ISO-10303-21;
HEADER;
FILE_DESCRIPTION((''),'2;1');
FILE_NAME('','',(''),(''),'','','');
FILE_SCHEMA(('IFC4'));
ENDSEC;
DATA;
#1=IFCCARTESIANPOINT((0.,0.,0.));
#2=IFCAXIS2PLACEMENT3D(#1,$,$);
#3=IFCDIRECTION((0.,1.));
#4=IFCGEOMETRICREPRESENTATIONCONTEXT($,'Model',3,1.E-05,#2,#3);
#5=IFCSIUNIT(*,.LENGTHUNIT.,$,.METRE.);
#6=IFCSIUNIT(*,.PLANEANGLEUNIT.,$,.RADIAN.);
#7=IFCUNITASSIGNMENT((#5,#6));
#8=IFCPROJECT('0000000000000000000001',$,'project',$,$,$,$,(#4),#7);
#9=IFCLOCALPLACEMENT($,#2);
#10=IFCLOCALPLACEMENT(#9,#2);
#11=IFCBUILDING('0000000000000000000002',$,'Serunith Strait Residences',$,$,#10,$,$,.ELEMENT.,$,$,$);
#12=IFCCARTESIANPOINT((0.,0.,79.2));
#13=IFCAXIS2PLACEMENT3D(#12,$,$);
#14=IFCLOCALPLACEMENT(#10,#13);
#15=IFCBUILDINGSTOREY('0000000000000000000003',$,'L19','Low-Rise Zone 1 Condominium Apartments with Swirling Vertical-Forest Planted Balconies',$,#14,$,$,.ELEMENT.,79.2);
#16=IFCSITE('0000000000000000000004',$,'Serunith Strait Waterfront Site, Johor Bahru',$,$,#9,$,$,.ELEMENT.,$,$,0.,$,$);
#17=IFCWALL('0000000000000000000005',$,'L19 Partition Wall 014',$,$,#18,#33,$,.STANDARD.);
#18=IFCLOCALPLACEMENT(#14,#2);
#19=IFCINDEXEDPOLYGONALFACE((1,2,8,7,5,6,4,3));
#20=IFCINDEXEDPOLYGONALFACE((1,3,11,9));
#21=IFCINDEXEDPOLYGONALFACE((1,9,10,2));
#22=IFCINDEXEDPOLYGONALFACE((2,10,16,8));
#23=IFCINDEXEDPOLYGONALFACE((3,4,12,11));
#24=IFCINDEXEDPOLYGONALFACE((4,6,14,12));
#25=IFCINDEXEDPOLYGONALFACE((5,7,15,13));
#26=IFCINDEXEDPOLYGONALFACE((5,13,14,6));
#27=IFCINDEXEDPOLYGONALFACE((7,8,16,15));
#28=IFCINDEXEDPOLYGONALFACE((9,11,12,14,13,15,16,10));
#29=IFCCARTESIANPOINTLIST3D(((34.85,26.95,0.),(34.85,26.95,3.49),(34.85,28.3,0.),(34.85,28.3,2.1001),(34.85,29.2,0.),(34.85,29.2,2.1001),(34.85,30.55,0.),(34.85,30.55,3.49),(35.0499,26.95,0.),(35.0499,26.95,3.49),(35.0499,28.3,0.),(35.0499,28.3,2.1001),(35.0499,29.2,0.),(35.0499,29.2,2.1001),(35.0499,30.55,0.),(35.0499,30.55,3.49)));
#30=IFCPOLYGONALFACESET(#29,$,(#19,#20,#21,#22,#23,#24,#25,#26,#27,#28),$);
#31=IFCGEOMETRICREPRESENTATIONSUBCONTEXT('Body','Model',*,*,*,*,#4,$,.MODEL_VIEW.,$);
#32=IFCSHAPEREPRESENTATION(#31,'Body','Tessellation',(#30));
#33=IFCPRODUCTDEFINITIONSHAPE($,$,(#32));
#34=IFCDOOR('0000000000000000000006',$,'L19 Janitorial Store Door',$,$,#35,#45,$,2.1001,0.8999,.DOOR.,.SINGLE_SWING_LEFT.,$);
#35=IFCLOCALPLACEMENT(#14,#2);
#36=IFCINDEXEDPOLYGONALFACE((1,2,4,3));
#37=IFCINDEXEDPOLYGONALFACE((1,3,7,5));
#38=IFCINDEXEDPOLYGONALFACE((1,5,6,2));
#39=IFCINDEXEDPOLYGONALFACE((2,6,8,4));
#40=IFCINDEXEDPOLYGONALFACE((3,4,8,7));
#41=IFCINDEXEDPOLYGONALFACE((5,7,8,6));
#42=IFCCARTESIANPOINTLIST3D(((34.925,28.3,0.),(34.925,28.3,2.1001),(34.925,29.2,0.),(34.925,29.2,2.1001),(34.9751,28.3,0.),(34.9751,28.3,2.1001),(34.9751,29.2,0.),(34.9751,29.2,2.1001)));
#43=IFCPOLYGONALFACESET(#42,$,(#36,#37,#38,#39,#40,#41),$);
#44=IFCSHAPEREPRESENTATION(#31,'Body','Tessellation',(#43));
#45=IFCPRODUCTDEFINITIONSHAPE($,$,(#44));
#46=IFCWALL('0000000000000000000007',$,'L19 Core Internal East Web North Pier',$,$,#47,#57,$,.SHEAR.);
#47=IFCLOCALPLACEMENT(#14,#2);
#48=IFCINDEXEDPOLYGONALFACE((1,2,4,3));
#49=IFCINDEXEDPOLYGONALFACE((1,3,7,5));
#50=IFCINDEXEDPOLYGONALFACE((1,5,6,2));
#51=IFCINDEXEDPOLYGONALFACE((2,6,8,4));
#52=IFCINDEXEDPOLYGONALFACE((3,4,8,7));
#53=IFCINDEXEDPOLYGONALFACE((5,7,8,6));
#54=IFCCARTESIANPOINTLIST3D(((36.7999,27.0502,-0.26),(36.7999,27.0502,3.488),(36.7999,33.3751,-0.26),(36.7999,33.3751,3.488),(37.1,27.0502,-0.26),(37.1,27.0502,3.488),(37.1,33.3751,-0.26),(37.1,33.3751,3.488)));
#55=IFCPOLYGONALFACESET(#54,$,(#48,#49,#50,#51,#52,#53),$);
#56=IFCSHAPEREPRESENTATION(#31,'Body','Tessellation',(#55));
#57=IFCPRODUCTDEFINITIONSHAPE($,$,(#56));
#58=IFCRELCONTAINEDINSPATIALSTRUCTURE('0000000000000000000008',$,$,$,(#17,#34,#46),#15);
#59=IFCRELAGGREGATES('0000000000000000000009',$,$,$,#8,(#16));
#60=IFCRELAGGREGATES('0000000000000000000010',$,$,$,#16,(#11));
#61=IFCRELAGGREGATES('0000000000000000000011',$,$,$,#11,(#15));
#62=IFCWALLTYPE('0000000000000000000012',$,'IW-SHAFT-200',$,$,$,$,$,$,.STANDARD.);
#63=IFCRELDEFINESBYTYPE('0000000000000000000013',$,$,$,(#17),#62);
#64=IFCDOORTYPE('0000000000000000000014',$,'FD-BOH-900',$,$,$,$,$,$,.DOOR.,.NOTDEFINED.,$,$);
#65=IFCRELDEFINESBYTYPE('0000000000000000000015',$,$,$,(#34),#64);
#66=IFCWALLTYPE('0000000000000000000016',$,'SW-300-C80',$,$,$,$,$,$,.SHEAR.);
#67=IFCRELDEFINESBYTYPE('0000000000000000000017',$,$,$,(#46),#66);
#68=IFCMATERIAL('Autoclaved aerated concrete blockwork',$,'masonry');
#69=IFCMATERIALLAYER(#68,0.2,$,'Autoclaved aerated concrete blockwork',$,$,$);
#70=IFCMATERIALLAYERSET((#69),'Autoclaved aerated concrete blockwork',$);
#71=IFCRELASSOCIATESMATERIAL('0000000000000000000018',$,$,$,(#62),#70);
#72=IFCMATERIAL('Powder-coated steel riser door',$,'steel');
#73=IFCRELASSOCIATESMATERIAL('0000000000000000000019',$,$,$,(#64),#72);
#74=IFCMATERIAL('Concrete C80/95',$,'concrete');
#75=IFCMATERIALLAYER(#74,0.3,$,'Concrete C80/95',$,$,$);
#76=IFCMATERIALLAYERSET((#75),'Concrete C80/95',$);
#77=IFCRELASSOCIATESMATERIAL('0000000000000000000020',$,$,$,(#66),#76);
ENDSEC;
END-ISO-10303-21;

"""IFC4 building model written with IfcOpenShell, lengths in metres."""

from ifc_helpers import new_model, si_unit, direction, frame, frame_2d, origin, place, context, subcontext, project, spatial, rectangle, extrude, source, transform, mapped, material, layer, layer_set, type_object, element, fill, save


model = new_model("IFC4")

# Units and contexts
model_context = context("Model", 3, precision=1e-05, world=origin(), true_north=direction((0.0, 1.0)))
body_context = subcontext(model_context, "Body", "Model", "MODEL_VIEW")
ifc_project = project(units=[si_unit("LENGTHUNIT", "METRE"), si_unit("PLANEANGLEUNIT", "RADIAN")], contexts=[model_context])

# Site, building, storey
site_placement = place(None, origin())
site = spatial("IfcSite", under=ifc_project, at=site_placement, Name="Serunith Strait Waterfront Site, Johor Bahru", CompositionType="ELEMENT", RefElevation=0.0)
building_placement = place(site_placement, origin())
building = spatial("IfcBuilding", under=site, at=building_placement, Name="Serunith Strait Residences", CompositionType="ELEMENT")
storey_placement = place(building_placement, frame((0.0, 0.0, 79.2)))
storey = spatial("IfcBuildingStorey", under=building, at=storey_placement, Name="L19", Description="Low-Rise Zone 1 Condominium Apartments with Swirling Vertical-Forest Planted Balconies", CompositionType="ELEMENT", Elevation=79.2)

# Shared definitions
ifc_material_1 = material(Name="Autoclaved aerated concrete blockwork", Category="masonry")
ifc_layer_1 = layer(ifc_material_1, 0.2, Name="Autoclaved aerated concrete blockwork")
ifc_layer_set_1 = layer_set([ifc_layer_1], Name="Autoclaved aerated concrete blockwork")
wall_type_1 = type_object("IfcWallType", Name="IW-SHAFT-200", PredefinedType="STANDARD", material=ifc_layer_set_1)

# Wall, opening, door
wall_1_placement = place(storey_placement, frame((34.95, 26.95, 0.0), z_axis=(0.0, 0.0, 1.0), x_axis=(0.0, 1.0, 0.0)))
wall_1 = element("IfcWall", 1, at=wall_1_placement, inside=storey, type_object=wall_type_1, Name="L19 Partition Wall 014", PredefinedType="STANDARD", context=body_context, shape_type="SweptSolid", body=[
    extrude(rectangle(XDim=3.6001, YDim=0.2, at=frame_2d((1.8, 0.0))), origin(), (0.0, 0.0, 1.0), 3.49),
])
opening_1_placement = place(wall_1_placement, frame((1.3501, 0.0, 0.0)))
opening_1 = element("IfcOpeningElement", 2, at=opening_1_placement, cuts=wall_1, PredefinedType="OPENING", context=body_context, shape_type="SweptSolid", body=[
    extrude(rectangle(XDim=0.8999, YDim=2.1001, at=frame_2d((0.45, 1.05))), frame((0.0, 0.1099, 0.0), z_axis=(0.0, -1.0, 0.0), x_axis=(1.0, 0.0, 0.0)), (0.0, 0.0, 1.0), 0.22),
])
ifc_material_2 = material(Name="Powder-coated steel riser door", Category="steel")
door_type_1 = type_object("IfcDoorType", Name="FD-BOH-900", OperationType="NOTDEFINED", PredefinedType="DOOR", material=ifc_material_2)
shared_shape_1 = source(origin(), body_context, "Body", "SweptSolid", [
    extrude(rectangle(XDim=0.8999, YDim=2.1001, at=frame_2d((0.45, 1.05))), frame((0.0, 0.0249, 0.0), z_axis=(0.0, -1.0, 0.0), x_axis=(1.0, 0.0, 0.0)), (0.0, 0.0, 1.0), 0.05),
])
door_1_placement = place(opening_1_placement, origin())
door_1 = element("IfcDoor", 3, at=door_1_placement, inside=storey, type_object=door_type_1, Name="L19 Janitorial Store Door", OperationType="SINGLE_SWING_LEFT", OverallHeight=2.1001, OverallWidth=0.8999, PredefinedType="DOOR", context=body_context, shape_type="MappedRepresentation", body=[
    mapped(shared_shape_1, transform((0.0, 0.0, 0.0), scale=1.0)),
])
fill(opening_1, door_1)

# Wall
ifc_material_3 = material(Name="Concrete C80/95", Category="concrete")
ifc_layer_2 = layer(ifc_material_3, 0.3, Name="Concrete C80/95")
ifc_layer_set_2 = layer_set([ifc_layer_2], Name="Concrete C80/95")
wall_type_2 = type_object("IfcWallType", Name="SW-300-C80", PredefinedType="SHEAR", material=ifc_layer_set_2)
wall_2_placement = place(storey_placement, frame((36.95, 27.05, -0.26), z_axis=(0.0, 0.0, 1.0), x_axis=(0.0, 1.0, 0.0)))
element("IfcWall", 4, at=wall_2_placement, inside=storey, type_object=wall_type_2, Name="L19 Core Internal East Web North Pier", PredefinedType="SHEAR", context=body_context, shape_type="SweptSolid", body=[
    extrude(rectangle(XDim=6.325, YDim=0.3, at=frame_2d((3.1626, 0.0))), origin(), (0.0, 0.0, 1.0), 3.748),
])

save(model, "model.ifc")
